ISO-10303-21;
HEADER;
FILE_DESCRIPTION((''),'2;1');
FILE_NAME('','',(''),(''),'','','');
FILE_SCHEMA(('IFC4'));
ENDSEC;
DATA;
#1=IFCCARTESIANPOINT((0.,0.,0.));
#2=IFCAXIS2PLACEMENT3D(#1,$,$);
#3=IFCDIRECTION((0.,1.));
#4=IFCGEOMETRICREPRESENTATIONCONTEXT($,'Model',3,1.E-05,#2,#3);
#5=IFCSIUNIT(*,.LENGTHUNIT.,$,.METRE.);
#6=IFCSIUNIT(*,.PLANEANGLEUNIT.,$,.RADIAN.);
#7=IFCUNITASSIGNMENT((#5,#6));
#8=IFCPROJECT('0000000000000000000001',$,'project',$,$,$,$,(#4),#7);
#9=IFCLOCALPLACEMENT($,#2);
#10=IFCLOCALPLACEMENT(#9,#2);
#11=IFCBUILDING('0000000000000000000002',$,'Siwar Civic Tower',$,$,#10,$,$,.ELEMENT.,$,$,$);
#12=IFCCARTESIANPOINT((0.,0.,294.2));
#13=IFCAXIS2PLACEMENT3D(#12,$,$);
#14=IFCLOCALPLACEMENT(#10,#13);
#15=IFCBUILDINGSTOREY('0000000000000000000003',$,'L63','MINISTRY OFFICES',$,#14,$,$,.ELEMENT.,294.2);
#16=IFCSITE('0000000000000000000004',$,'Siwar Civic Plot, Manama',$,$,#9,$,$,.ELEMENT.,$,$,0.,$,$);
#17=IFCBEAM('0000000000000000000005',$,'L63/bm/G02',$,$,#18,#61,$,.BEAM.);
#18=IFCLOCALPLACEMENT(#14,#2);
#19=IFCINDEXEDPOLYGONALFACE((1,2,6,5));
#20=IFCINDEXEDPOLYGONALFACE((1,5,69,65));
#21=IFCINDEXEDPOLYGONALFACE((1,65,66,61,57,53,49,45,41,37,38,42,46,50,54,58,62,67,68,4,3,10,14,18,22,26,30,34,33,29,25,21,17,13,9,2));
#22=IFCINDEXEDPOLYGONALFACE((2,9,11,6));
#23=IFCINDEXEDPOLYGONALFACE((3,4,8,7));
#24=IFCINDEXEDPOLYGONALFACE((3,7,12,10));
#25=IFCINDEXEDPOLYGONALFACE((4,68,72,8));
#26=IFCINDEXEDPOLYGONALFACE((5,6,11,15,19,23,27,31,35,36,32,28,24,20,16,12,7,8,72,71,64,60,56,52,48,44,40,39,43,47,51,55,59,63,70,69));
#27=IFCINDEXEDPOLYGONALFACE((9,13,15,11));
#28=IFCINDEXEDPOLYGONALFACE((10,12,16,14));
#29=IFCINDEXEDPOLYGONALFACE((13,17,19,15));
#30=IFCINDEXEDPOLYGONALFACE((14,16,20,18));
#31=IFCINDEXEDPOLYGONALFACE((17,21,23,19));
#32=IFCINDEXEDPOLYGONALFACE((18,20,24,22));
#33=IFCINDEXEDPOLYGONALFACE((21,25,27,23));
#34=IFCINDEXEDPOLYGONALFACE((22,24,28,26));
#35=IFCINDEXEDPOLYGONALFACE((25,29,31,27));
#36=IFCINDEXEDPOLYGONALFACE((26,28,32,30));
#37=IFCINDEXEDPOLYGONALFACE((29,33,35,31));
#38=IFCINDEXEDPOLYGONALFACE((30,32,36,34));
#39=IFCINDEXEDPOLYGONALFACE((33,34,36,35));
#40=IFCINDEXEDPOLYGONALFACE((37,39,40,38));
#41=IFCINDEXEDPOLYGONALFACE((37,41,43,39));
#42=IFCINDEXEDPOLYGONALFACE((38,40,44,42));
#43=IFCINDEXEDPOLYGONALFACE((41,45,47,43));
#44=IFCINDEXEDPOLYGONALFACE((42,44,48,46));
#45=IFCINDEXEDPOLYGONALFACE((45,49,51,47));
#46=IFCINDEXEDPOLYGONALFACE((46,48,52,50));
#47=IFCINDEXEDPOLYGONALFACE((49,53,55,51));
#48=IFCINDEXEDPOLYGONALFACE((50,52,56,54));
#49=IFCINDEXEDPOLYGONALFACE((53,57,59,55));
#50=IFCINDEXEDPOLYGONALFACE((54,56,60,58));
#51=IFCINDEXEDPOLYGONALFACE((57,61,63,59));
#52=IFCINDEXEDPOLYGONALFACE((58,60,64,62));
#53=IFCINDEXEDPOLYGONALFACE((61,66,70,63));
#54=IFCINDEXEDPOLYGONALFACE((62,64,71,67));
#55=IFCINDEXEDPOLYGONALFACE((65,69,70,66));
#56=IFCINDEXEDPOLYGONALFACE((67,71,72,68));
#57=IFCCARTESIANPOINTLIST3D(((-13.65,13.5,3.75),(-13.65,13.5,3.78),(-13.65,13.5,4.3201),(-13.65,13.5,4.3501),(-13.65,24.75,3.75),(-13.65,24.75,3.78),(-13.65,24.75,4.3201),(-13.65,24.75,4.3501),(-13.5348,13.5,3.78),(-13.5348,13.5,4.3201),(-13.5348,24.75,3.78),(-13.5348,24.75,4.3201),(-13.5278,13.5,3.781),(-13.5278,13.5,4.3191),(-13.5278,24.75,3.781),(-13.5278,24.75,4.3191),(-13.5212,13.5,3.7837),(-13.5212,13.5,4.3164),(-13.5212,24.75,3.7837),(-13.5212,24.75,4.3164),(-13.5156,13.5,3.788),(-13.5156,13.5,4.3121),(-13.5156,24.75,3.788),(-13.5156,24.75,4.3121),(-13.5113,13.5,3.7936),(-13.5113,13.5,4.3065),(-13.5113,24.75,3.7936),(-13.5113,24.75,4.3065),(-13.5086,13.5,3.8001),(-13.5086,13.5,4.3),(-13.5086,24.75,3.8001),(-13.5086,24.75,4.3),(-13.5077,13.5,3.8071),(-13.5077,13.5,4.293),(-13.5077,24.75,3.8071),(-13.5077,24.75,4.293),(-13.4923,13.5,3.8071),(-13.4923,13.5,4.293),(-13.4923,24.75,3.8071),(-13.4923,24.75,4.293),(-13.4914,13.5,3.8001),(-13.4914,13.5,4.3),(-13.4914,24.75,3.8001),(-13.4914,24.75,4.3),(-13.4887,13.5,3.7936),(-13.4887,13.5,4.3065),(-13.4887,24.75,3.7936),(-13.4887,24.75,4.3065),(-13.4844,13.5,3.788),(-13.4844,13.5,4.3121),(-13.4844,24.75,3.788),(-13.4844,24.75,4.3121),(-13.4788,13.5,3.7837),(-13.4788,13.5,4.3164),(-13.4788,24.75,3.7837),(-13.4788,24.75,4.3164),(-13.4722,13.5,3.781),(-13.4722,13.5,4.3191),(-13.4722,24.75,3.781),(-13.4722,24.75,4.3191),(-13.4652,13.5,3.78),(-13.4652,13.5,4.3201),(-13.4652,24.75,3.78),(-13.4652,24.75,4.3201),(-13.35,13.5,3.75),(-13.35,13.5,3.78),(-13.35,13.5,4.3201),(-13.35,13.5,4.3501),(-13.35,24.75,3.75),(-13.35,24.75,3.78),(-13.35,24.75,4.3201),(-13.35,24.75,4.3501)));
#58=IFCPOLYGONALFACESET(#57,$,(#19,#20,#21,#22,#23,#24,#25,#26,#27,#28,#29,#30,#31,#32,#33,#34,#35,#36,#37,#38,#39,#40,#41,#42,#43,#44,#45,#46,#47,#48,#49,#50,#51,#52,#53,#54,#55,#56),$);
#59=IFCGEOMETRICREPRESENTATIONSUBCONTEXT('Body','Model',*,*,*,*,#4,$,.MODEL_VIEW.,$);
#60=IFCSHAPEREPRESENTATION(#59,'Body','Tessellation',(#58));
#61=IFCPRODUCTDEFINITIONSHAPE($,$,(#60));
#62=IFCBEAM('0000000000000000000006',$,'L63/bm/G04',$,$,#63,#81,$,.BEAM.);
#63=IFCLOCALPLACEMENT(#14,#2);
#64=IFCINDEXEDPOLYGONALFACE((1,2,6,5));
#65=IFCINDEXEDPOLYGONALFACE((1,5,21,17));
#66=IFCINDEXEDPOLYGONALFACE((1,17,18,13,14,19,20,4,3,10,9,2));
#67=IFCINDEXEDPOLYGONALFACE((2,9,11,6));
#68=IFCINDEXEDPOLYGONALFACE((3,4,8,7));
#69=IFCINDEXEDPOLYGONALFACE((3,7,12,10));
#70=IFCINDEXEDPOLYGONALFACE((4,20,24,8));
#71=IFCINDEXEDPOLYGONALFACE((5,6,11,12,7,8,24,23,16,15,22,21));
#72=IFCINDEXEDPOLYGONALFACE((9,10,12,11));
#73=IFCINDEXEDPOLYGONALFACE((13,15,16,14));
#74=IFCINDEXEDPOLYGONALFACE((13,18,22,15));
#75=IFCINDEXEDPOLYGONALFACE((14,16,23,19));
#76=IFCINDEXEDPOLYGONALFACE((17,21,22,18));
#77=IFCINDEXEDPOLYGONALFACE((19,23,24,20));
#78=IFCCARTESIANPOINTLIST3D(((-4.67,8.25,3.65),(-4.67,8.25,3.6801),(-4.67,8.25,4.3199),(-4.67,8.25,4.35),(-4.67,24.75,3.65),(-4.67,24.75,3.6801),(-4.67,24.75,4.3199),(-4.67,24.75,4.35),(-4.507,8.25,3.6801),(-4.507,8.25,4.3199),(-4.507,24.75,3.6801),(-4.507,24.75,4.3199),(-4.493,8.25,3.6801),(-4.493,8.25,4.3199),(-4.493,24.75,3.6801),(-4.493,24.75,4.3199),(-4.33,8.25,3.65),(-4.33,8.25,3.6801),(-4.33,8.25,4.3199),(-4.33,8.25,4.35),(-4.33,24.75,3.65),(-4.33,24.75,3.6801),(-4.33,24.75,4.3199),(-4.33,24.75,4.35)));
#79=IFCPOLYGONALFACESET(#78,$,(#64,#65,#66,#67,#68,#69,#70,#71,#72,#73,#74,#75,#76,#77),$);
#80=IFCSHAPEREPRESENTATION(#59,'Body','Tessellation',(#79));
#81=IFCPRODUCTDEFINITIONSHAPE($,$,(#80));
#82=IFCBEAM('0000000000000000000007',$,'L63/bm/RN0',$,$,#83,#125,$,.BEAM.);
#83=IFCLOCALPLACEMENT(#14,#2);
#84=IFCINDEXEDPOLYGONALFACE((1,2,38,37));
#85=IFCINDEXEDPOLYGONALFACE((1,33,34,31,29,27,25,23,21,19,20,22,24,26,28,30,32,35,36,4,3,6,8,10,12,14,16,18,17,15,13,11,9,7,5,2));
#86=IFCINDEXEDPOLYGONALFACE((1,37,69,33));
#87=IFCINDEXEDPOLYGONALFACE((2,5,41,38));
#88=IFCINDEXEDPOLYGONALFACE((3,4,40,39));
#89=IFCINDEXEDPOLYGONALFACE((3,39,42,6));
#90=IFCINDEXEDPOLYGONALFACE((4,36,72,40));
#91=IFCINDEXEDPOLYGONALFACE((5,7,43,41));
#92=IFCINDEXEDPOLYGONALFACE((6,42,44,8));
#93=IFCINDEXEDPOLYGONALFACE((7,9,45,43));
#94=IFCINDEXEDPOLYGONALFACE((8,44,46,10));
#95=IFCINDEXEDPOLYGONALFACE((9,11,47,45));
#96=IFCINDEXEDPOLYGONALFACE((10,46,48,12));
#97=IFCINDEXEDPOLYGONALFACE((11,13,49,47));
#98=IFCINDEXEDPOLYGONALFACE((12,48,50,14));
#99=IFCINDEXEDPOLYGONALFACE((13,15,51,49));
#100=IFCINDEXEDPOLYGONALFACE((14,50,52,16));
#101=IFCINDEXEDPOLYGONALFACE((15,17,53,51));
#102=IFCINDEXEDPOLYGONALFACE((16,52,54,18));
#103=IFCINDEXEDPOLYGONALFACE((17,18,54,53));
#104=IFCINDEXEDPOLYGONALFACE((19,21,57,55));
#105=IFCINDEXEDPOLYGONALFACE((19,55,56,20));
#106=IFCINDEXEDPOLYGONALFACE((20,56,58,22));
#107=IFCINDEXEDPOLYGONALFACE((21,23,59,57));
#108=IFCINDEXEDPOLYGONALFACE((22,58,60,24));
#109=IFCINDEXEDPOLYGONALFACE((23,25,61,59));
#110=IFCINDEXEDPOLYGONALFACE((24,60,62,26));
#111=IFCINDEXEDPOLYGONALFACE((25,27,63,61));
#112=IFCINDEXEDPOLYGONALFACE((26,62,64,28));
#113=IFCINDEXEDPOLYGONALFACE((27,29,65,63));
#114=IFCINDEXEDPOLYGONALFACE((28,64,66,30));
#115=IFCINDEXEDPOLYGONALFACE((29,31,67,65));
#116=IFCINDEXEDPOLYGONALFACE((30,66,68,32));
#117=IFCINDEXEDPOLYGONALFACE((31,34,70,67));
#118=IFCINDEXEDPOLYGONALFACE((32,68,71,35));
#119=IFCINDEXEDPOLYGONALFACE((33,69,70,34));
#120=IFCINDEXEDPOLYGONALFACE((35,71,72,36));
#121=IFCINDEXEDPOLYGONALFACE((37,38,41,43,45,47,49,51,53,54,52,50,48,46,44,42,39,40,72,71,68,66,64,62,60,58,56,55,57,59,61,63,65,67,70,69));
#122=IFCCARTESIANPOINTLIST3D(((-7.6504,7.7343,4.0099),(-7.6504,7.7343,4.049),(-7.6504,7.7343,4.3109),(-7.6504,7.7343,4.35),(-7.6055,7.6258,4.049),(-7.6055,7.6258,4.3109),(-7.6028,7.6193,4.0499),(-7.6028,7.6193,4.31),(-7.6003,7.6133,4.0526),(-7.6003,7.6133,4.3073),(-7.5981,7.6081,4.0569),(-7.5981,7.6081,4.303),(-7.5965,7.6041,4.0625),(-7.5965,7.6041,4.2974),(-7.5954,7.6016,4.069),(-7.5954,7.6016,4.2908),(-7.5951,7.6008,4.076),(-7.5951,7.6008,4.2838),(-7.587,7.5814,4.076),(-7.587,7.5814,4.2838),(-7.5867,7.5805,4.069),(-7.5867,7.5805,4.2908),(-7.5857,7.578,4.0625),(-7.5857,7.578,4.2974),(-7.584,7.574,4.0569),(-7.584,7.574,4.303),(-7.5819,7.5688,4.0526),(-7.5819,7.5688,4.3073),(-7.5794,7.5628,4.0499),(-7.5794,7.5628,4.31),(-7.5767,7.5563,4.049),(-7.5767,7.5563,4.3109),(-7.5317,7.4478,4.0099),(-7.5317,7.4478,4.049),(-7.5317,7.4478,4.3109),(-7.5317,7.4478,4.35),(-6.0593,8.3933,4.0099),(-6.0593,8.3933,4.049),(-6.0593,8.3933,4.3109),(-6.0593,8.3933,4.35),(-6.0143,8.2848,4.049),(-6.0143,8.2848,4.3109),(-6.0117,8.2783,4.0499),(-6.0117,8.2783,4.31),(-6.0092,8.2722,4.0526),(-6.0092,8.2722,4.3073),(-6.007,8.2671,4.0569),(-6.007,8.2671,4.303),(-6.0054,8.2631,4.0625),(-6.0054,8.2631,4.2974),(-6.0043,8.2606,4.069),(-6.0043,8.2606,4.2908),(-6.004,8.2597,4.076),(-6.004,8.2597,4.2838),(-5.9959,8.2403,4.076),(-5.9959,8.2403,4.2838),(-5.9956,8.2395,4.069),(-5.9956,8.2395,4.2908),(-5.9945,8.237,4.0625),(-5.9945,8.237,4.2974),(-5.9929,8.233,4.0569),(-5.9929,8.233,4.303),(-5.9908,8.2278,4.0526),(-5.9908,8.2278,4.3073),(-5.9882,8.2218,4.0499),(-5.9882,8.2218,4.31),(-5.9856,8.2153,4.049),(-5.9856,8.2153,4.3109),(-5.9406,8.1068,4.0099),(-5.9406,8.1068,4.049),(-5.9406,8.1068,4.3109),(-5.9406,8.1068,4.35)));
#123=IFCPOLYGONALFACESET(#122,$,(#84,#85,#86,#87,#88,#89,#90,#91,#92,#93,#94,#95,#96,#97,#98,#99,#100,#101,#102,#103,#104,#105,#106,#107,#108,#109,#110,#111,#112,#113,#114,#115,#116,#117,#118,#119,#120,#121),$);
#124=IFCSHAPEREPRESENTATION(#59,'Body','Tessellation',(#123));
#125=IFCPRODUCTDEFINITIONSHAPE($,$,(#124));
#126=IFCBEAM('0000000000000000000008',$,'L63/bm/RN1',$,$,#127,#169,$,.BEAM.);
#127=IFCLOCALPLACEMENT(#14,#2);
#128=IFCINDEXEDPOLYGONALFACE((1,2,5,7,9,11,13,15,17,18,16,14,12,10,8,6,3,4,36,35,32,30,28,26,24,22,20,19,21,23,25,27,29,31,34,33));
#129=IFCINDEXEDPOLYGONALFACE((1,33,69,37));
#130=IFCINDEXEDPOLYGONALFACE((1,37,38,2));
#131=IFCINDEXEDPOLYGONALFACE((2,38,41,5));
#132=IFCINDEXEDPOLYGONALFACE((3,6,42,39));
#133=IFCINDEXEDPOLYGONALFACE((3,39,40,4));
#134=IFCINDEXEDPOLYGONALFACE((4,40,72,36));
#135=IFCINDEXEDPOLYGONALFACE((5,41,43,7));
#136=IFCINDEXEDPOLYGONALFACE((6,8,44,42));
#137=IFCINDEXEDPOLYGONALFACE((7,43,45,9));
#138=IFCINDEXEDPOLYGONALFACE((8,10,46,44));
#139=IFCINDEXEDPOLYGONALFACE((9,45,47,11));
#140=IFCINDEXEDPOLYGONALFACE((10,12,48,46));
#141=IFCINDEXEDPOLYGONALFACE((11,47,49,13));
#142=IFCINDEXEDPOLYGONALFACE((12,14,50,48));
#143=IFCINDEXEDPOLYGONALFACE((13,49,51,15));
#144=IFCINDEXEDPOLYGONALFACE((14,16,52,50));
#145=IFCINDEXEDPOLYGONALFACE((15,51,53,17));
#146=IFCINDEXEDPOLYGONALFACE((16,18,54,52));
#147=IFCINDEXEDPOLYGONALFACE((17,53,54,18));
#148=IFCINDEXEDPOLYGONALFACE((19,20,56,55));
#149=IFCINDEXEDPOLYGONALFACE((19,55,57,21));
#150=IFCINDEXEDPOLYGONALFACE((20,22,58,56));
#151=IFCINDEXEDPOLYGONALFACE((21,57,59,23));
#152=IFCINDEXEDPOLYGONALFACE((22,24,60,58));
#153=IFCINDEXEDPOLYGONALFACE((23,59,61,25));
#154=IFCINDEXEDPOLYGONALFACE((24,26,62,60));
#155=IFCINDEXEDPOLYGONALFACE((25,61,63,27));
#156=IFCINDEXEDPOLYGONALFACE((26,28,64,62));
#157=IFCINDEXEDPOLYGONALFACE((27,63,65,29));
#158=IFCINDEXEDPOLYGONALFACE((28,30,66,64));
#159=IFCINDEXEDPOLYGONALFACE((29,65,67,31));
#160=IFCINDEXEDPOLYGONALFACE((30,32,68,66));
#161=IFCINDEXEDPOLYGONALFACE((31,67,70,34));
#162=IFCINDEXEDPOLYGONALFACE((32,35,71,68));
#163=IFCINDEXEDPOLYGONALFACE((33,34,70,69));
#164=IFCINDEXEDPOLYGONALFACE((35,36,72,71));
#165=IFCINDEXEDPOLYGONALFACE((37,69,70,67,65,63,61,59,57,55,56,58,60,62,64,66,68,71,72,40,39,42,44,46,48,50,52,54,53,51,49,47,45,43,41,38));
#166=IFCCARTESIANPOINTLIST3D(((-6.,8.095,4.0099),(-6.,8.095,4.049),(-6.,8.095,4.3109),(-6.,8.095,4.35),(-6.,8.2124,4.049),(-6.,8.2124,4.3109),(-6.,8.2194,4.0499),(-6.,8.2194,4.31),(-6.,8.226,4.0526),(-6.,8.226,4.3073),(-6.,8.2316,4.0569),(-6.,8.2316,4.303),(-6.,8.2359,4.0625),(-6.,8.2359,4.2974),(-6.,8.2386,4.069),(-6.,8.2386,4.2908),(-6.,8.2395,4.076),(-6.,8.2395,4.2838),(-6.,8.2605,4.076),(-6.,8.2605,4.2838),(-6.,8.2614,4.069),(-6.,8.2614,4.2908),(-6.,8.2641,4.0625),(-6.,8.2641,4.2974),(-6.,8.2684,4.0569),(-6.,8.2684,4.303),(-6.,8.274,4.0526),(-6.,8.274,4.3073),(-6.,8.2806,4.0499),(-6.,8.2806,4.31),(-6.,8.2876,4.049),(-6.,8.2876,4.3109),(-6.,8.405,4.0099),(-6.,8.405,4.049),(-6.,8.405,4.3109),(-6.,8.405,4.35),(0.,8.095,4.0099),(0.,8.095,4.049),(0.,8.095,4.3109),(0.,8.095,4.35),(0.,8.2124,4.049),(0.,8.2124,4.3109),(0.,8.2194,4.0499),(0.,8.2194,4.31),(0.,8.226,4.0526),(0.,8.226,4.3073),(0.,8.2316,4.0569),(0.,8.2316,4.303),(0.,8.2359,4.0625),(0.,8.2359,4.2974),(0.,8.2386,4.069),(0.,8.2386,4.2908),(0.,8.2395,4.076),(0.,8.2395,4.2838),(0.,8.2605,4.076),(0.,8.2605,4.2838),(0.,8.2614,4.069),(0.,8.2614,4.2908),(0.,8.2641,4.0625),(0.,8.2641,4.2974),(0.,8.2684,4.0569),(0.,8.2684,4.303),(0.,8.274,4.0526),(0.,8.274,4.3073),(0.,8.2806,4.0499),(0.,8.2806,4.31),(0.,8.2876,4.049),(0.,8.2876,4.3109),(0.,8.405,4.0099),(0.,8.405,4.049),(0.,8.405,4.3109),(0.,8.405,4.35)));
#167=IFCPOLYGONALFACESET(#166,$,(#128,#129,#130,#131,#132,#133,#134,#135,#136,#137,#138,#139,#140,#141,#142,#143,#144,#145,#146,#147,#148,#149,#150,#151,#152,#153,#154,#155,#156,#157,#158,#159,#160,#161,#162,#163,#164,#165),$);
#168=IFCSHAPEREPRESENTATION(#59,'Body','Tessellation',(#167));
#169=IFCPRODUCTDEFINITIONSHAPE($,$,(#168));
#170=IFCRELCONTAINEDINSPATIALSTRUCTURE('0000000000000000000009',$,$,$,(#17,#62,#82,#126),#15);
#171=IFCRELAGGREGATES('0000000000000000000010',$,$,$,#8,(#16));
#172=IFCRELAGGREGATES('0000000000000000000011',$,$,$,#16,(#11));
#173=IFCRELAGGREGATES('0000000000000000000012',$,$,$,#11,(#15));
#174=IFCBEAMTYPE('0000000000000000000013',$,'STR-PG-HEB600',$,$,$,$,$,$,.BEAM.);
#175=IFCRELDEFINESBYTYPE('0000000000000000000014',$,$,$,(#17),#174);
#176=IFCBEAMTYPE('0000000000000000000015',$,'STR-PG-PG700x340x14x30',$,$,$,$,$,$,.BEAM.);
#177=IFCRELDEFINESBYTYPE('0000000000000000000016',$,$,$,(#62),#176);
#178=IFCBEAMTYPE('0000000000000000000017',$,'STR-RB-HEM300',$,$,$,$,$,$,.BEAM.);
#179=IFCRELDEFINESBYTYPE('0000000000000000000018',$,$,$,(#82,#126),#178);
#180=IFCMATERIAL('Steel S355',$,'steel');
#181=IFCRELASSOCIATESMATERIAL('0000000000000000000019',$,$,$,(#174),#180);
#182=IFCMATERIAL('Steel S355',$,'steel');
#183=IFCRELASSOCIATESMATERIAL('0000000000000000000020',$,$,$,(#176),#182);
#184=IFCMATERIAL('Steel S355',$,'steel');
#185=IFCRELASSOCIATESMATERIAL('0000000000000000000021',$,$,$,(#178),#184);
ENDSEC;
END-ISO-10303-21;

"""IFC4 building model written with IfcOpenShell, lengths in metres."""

from ifc_helpers import new_model, si_unit, direction, frame, origin, origin_2d, place, context, subcontext, project, spatial, i_section, extrude, material, material_profile, profile_set, type_object, element, save


model = new_model("IFC4")

# Units and contexts
model_context = context("Model", 3, precision=1e-05, world=origin(), true_north=direction((0.0, 1.0)))
body_context = subcontext(model_context, "Body", "Model", "MODEL_VIEW")
ifc_project = project(units=[si_unit("LENGTHUNIT", "METRE"), si_unit("PLANEANGLEUNIT", "RADIAN")], contexts=[model_context])

# Site, building, storey
site_placement = place(None, origin())
site = spatial("IfcSite", under=ifc_project, at=site_placement, Name="Siwar Civic Plot, Manama", CompositionType="ELEMENT", RefElevation=0.0)
building_placement = place(site_placement, origin())
building = spatial("IfcBuilding", under=site, at=building_placement, Name="Siwar Civic Tower", CompositionType="ELEMENT")
storey_placement = place(building_placement, frame((0.0, 0.0, 294.2)))
storey = spatial("IfcBuildingStorey", under=building, at=storey_placement, Name="L63", Description="MINISTRY OFFICES", CompositionType="ELEMENT", Elevation=294.2)

# Beams
ifc_material_1 = material(Name="Steel S355", Category="steel")
ifc_material_profile_1 = material_profile(ifc_material_1, i_section(OverallWidth=0.3, OverallDepth=0.6001, WebThickness=0.0154, FlangeThickness=0.03, FilletRadius=0.0271, at=origin_2d()), Name="HEB600")
ifc_profile_set_1 = profile_set([ifc_material_profile_1], Name="Steel S355")
beam_type_1 = type_object("IfcBeamType", Name="STR-PG-HEB600", PredefinedType="BEAM", material=ifc_profile_set_1)
beam_1_placement = place(storey_placement, frame((-13.5, 13.5, 4.05), z_axis=(0.0, 1.0, 0.0), x_axis=(-1.0, 0.0, 0.0)))
element("IfcBeam", 1, at=beam_1_placement, inside=storey, type_object=beam_type_1, Name="L63/bm/G02", PredefinedType="BEAM", context=body_context, shape_type="SweptSolid", body=[
    extrude(i_section(OverallWidth=0.3, OverallDepth=0.6001, WebThickness=0.0154, FlangeThickness=0.03, FilletRadius=0.0271, at=origin_2d()), origin(), (0.0, 0.0, 1.0), 11.25),
])
ifc_material_2 = material(Name="Steel S355", Category="steel")
ifc_material_profile_2 = material_profile(ifc_material_2, i_section(OverallWidth=0.3401, OverallDepth=0.7, WebThickness=0.0139, FlangeThickness=0.03, at=origin_2d()), Name="PG700x340x14x30")
ifc_profile_set_2 = profile_set([ifc_material_profile_2], Name="Steel S355")
beam_type_2 = type_object("IfcBeamType", Name="STR-PG-PG700x340x14x30", PredefinedType="BEAM", material=ifc_profile_set_2)
beam_2_placement = place(storey_placement, frame((-4.5, 8.25, 4.0), z_axis=(0.0, 1.0, 0.0), x_axis=(-1.0, 0.0, 0.0)))
element("IfcBeam", 2, at=beam_2_placement, inside=storey, type_object=beam_type_2, Name="L63/bm/G04", PredefinedType="BEAM", context=body_context, shape_type="SweptSolid", body=[
    extrude(i_section(OverallWidth=0.3401, OverallDepth=0.7, WebThickness=0.0139, FlangeThickness=0.03, at=origin_2d()), origin(), (0.0, 0.0, 1.0), 16.5),
])
ifc_material_3 = material(Name="Steel S355", Category="steel")
ifc_material_profile_3 = material_profile(ifc_material_3, i_section(OverallWidth=0.3101, OverallDepth=0.3401, WebThickness=0.021, FlangeThickness=0.0391, FilletRadius=0.0271, at=origin_2d()), Name="HEM300")
ifc_profile_set_3 = profile_set([ifc_material_profile_3], Name="Steel S355")
beam_type_3 = type_object("IfcBeamType", Name="STR-RB-HEM300", PredefinedType="BEAM", material=ifc_profile_set_3)
beam_3_placement = place(storey_placement, frame((-7.5911, 7.5911, 4.1799), z_axis=(0.923901, 0.382631, 0.0), x_axis=(-0.382631, 0.923901, 0.0)))
element("IfcBeam", 3, at=beam_3_placement, inside=storey, type_object=beam_type_3, Name="L63/bm/RN0", PredefinedType="BEAM", context=body_context, shape_type="SweptSolid", body=[
    extrude(i_section(OverallWidth=0.3101, OverallDepth=0.3401, WebThickness=0.021, FlangeThickness=0.0391, FilletRadius=0.0271, at=origin_2d()), origin(), (0.0, 0.0, 1.0), 1.7222),
])
beam_4_placement = place(storey_placement, frame((-6.0, 8.25, 4.1799), z_axis=(1.0, 0.0, 0.0), x_axis=(0.0, 1.0, 0.0)))
element("IfcBeam", 4, at=beam_4_placement, inside=storey, type_object=beam_type_3, Name="L63/bm/RN1", PredefinedType="BEAM", context=body_context, shape_type="SweptSolid", body=[
    extrude(i_section(OverallWidth=0.3101, OverallDepth=0.3401, WebThickness=0.021, FlangeThickness=0.0391, FilletRadius=0.0271, at=origin_2d()), origin(), (0.0, 0.0, 1.0), 6.0),
])

save(model, "model.ifc")
